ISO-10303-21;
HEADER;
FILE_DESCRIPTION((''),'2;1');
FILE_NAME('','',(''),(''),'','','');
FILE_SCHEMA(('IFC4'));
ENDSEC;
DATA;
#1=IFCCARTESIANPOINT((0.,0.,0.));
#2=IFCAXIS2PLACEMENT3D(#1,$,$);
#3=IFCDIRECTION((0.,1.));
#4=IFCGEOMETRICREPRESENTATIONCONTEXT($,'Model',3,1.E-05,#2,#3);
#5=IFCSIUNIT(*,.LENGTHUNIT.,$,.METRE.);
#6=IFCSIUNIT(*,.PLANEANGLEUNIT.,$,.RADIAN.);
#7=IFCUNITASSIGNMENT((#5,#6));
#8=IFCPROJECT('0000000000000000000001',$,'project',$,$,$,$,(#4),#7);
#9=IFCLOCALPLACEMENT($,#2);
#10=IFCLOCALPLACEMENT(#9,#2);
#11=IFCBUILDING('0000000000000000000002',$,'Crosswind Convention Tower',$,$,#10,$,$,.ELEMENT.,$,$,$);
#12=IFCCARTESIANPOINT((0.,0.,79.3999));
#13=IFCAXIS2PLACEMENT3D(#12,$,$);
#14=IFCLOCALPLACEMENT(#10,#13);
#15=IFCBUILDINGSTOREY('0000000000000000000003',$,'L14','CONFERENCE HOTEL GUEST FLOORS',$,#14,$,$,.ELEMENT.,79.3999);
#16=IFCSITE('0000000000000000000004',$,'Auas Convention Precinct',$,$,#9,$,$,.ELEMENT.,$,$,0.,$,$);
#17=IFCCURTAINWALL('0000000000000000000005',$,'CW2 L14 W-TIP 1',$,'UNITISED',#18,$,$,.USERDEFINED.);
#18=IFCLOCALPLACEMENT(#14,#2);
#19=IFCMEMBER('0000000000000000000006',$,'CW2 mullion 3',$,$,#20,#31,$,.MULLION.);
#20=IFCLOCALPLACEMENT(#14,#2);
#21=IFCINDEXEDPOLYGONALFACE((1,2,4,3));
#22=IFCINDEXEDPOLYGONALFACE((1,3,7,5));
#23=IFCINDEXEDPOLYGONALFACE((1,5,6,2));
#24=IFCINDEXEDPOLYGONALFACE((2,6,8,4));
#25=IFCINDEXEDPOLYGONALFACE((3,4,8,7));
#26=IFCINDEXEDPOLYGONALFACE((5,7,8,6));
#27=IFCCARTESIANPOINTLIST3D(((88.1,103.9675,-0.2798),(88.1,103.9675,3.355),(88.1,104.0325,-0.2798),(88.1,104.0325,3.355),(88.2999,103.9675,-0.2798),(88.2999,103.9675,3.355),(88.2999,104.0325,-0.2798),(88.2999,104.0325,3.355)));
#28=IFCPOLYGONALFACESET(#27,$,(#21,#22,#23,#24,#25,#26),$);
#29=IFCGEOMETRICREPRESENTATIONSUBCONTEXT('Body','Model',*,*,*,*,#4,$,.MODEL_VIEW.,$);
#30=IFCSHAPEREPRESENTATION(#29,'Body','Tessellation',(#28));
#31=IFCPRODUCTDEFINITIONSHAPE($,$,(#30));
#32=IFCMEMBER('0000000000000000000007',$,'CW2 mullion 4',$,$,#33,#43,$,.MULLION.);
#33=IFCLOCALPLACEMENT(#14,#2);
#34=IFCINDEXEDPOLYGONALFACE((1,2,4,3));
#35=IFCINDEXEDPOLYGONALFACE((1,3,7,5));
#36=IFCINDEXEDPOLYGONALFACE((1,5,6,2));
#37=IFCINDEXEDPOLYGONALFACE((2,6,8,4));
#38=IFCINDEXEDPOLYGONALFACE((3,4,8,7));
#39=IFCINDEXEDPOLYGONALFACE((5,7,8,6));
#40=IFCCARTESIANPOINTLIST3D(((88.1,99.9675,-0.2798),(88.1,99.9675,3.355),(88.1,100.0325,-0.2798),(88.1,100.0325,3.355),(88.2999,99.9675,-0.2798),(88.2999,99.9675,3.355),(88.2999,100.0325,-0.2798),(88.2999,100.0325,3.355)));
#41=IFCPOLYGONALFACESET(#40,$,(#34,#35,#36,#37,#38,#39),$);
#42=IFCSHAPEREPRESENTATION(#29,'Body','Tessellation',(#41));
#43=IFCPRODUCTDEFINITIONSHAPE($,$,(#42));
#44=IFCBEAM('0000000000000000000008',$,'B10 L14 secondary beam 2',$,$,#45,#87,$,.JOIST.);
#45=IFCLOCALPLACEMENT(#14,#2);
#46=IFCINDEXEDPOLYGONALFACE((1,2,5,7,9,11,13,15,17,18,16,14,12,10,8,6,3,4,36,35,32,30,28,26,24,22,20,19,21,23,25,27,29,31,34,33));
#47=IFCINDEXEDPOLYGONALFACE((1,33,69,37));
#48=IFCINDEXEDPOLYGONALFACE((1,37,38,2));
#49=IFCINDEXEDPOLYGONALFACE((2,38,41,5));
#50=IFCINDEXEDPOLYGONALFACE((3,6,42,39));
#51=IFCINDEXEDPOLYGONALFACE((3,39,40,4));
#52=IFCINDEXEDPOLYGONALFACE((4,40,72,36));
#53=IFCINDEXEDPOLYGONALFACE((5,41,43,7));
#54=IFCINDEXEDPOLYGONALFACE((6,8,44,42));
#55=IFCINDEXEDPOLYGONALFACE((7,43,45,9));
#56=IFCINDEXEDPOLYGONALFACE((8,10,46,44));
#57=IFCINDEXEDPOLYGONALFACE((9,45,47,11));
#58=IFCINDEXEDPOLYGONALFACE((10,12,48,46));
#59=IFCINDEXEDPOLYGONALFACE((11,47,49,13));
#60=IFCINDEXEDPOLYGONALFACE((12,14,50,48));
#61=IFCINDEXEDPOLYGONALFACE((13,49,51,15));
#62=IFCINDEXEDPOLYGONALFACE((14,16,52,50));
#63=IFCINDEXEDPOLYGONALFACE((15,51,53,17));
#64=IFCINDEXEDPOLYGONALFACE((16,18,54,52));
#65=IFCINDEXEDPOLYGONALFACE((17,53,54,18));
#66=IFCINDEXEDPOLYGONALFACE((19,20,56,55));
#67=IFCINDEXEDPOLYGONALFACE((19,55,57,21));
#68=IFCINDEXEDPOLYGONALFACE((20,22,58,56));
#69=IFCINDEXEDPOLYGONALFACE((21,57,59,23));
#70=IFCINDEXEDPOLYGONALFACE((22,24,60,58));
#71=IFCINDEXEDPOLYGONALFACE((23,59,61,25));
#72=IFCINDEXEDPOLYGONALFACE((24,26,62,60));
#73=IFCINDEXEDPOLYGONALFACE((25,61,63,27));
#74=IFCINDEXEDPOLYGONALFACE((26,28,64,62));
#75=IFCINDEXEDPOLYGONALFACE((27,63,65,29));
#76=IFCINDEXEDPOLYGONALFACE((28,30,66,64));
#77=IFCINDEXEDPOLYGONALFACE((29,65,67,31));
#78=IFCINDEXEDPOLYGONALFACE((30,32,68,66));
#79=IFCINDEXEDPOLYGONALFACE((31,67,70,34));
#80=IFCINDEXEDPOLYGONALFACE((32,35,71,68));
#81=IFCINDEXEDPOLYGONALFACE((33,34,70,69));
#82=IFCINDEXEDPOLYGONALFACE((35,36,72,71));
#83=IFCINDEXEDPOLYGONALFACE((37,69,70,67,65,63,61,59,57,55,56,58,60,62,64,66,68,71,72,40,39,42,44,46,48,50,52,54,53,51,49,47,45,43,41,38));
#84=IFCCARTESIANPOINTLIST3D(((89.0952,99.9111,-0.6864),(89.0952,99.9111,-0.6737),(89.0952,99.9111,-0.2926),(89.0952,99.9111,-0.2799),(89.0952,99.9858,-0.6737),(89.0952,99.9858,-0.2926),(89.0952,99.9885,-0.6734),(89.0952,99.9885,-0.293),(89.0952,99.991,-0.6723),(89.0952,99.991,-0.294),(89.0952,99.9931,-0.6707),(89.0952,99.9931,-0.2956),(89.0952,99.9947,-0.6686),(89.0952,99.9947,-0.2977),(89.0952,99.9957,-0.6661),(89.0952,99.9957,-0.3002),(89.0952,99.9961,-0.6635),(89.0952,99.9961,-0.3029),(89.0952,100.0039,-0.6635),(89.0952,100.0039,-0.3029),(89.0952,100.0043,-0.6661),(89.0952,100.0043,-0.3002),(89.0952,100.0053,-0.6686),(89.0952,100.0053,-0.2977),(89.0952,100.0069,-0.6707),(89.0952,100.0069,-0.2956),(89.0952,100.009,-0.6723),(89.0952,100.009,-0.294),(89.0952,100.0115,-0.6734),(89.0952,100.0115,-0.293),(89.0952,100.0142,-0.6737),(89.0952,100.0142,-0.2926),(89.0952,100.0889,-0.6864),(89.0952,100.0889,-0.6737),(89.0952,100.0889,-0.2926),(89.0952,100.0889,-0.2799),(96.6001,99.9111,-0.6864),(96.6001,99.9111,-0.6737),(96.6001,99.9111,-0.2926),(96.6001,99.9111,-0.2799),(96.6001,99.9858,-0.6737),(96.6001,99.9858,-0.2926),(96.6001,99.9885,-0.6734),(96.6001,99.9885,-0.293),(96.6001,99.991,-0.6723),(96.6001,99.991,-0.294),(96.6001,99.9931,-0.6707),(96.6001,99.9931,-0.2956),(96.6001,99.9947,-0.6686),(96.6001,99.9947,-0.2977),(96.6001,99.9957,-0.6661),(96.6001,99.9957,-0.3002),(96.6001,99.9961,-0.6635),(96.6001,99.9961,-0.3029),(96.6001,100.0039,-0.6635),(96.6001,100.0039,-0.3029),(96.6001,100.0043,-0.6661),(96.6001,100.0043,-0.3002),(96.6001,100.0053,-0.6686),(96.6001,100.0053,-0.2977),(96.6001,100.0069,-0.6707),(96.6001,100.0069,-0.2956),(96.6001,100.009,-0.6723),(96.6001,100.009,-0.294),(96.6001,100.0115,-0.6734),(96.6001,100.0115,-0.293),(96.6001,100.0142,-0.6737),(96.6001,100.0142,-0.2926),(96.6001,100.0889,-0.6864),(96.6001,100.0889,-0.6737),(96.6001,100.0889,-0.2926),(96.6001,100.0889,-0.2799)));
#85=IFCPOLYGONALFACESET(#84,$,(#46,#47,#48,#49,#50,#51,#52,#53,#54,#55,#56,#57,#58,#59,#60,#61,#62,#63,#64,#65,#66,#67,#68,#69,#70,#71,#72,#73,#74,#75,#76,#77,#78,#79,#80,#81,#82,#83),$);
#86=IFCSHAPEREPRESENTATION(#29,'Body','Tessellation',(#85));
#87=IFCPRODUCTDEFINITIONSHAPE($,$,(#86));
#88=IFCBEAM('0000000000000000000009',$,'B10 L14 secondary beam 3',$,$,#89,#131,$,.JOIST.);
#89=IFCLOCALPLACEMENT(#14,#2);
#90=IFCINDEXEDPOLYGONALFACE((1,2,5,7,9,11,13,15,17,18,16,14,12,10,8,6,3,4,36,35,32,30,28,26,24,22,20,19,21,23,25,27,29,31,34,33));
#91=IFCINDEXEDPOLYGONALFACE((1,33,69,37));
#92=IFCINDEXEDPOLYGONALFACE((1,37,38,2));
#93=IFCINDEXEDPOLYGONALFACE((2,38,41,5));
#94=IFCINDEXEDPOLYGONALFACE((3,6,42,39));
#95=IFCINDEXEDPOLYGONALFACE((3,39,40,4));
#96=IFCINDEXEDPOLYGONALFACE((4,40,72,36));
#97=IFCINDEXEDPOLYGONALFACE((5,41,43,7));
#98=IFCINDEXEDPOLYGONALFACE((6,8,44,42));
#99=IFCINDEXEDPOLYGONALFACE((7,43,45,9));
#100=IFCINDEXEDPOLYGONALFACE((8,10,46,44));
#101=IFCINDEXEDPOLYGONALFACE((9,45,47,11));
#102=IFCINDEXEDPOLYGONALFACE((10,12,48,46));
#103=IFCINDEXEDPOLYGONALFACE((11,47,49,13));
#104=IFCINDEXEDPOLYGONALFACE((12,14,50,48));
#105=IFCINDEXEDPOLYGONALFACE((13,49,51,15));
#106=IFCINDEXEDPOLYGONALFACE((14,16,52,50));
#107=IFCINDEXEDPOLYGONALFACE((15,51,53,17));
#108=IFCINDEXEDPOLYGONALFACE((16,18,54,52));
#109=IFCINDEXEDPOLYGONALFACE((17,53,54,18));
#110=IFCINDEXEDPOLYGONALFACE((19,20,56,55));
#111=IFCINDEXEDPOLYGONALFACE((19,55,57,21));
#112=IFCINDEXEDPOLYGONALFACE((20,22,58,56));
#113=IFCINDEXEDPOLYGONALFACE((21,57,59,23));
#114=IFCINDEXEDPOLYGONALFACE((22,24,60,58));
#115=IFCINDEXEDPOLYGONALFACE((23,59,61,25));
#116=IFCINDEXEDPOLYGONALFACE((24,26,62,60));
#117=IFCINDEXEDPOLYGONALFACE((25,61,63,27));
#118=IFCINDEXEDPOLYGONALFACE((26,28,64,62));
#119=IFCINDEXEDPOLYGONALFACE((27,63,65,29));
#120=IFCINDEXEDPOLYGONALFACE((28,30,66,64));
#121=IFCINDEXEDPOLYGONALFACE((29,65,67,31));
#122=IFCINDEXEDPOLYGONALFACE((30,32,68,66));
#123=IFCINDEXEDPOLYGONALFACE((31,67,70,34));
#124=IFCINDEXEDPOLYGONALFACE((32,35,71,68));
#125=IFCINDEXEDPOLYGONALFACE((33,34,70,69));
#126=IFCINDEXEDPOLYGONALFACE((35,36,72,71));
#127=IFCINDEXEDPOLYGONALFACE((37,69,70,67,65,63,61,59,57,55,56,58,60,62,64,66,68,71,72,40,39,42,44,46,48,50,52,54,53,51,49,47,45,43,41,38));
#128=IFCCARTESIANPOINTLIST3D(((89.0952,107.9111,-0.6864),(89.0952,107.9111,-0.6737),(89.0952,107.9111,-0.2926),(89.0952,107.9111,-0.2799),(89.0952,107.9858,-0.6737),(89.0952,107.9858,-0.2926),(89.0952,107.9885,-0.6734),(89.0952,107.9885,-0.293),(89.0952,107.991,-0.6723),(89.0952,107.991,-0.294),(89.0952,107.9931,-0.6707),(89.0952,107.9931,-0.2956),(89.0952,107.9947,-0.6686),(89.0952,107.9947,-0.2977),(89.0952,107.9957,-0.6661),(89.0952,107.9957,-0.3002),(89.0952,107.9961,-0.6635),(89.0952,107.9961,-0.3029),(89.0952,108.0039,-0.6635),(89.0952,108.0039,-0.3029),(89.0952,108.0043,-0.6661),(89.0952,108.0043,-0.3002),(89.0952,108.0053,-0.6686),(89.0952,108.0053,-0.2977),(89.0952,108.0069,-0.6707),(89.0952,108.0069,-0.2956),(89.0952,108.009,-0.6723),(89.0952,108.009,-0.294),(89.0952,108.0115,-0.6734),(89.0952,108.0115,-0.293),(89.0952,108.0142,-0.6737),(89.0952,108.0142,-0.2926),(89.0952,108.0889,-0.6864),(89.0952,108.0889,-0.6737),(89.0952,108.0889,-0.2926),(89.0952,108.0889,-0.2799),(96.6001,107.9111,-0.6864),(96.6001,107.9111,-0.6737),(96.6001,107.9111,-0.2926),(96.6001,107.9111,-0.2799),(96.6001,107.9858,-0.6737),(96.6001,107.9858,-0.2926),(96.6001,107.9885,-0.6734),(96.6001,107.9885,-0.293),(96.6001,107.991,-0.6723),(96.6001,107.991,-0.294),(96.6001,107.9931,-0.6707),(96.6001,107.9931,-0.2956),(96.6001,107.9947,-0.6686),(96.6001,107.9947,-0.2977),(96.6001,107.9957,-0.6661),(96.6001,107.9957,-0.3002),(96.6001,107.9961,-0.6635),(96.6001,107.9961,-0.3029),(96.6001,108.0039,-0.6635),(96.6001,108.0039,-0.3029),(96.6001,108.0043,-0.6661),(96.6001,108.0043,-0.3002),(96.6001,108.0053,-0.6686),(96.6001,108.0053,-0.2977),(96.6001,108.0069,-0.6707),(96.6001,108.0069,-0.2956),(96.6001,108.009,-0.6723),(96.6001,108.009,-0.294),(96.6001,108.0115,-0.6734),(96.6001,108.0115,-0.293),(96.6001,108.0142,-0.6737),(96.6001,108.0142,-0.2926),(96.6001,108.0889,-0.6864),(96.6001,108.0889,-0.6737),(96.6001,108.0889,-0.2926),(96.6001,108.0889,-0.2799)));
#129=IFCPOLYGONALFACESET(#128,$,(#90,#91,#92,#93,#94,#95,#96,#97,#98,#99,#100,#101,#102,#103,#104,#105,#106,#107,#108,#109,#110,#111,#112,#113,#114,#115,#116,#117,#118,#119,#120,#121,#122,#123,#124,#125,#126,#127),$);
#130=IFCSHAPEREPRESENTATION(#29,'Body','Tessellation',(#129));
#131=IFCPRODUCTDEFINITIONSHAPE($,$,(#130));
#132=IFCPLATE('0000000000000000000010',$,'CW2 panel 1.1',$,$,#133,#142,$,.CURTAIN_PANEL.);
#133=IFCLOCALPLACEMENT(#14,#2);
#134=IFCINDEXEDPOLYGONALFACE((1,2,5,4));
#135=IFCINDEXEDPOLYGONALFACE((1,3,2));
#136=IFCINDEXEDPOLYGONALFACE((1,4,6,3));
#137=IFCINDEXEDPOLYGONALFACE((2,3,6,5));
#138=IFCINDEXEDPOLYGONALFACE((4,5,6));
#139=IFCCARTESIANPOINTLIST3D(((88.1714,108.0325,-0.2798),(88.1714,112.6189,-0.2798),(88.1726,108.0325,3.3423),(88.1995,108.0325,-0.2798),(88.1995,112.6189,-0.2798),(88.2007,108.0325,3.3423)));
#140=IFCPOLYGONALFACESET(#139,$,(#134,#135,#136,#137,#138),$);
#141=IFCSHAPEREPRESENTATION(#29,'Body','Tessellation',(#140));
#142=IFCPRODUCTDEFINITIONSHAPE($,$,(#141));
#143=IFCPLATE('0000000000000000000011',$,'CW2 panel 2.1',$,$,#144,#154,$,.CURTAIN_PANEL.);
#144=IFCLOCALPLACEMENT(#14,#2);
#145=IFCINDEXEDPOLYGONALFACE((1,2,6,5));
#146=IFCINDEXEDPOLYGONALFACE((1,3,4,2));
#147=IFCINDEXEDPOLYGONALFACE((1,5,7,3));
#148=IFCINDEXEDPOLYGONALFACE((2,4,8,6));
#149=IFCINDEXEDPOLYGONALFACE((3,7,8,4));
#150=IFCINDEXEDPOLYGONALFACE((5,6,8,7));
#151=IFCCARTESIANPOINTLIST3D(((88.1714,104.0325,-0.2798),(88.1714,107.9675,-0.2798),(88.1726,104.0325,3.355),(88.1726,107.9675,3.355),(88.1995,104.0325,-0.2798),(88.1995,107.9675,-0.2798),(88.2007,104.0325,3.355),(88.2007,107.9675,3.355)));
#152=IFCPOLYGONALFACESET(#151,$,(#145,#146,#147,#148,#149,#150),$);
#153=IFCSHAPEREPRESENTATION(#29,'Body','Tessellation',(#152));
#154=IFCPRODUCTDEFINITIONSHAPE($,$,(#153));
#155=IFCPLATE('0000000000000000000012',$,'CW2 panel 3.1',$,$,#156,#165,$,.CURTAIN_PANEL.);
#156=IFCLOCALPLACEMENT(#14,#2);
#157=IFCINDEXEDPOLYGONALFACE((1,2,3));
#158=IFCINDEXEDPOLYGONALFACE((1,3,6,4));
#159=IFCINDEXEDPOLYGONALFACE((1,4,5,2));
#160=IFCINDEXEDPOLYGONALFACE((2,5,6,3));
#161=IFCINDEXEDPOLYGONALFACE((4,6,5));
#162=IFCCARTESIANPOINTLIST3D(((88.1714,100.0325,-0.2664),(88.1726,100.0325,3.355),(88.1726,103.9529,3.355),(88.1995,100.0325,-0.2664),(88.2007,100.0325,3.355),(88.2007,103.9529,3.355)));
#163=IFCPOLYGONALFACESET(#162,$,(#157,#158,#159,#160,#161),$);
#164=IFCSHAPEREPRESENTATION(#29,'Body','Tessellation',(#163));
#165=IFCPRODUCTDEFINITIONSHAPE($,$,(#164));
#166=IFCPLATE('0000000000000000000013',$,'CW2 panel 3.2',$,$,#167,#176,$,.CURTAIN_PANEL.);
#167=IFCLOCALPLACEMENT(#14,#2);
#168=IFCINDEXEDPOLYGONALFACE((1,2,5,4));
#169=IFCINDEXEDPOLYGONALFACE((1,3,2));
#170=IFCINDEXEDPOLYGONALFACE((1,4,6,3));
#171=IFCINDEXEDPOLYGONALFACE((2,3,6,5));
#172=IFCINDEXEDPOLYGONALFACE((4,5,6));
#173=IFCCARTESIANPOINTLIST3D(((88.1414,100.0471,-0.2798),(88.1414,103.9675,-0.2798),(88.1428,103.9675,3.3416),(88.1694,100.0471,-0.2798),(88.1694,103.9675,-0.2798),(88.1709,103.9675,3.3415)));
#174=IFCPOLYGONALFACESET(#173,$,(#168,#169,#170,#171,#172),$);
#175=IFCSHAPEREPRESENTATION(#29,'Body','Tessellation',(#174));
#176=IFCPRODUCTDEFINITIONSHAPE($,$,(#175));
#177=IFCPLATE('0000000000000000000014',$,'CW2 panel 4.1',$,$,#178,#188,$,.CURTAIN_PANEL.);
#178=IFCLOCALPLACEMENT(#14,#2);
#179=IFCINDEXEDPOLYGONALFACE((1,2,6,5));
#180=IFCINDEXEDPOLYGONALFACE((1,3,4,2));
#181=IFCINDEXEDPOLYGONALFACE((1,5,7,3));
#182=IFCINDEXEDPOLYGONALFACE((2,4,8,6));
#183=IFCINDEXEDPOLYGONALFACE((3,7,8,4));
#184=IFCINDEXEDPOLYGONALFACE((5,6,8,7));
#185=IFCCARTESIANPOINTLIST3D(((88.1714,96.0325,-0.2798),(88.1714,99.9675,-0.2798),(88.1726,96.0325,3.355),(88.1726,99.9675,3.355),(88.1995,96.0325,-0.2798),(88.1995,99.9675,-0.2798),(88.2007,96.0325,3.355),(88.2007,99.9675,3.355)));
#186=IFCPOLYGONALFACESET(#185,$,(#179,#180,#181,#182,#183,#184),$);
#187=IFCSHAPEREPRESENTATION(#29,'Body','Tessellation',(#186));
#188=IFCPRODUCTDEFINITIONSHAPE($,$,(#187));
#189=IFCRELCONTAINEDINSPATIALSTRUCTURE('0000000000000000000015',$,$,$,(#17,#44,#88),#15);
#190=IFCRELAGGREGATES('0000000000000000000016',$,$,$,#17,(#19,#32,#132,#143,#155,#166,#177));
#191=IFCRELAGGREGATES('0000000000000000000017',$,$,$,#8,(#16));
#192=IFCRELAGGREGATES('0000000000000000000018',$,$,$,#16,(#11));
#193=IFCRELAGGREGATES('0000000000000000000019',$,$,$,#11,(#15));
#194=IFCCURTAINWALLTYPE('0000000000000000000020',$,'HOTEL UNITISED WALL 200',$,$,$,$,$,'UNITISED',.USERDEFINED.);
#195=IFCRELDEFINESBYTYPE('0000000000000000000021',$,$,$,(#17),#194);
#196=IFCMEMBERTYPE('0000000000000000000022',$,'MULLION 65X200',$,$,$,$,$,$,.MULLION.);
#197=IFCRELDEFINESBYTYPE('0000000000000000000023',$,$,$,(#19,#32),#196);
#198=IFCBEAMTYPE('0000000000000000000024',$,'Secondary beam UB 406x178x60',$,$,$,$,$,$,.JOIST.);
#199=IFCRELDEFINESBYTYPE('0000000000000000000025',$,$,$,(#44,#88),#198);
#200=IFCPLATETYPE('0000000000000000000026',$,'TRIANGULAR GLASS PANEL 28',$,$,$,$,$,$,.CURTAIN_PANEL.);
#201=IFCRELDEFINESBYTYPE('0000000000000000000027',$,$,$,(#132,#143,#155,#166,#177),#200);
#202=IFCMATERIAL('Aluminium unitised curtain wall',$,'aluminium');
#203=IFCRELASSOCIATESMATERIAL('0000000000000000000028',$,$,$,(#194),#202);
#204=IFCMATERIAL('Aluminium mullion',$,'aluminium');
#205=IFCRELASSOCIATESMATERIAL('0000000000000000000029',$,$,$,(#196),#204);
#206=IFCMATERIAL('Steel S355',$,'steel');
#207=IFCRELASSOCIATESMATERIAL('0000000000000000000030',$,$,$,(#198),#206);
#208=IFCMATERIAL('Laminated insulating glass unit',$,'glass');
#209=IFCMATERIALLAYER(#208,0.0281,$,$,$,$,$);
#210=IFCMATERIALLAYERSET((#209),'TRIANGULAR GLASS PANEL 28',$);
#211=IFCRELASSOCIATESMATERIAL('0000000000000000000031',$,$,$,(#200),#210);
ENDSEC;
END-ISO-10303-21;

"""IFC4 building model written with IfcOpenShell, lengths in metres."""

from ifc_helpers import new_model, si_unit, direction, frame, origin, origin_2d, place, context, subcontext, project, spatial, polyline, rectangle, i_section, outline, extrude, material, layer, layer_set, material_profile, profile_set, type_object, element, aggregate, save


model = new_model("IFC4")

# Units and contexts
model_context = context("Model", 3, precision=1e-05, world=origin(), true_north=direction((0.0, 1.0)))
body_context = subcontext(model_context, "Body", "Model", "MODEL_VIEW")
ifc_project = project(units=[si_unit("LENGTHUNIT", "METRE"), si_unit("PLANEANGLEUNIT", "RADIAN")], contexts=[model_context])

# Site, building, storey
site_placement = place(None, origin())
site = spatial("IfcSite", under=ifc_project, at=site_placement, Name="Auas Convention Precinct", CompositionType="ELEMENT", RefElevation=0.0)
building_placement = place(site_placement, origin())
building = spatial("IfcBuilding", under=site, at=building_placement, Name="Crosswind Convention Tower", CompositionType="ELEMENT")
storey_placement = place(building_placement, frame((0.0, 0.0, 79.3999)))
storey = spatial("IfcBuildingStorey", under=building, at=storey_placement, Name="L14", Description="CONFERENCE HOTEL GUEST FLOORS", CompositionType="ELEMENT", Elevation=79.3999)

# Shared definitions
ifc_material_1 = material(Name="Steel S355", Category="steel")

# Curtain wall, members
ifc_material_2 = material(Name="Aluminium unitised curtain wall", Category="aluminium")
curtain_wall_type = type_object("IfcCurtainWallType", Name="HOTEL UNITISED WALL 200", ElementType="UNITISED", PredefinedType="USERDEFINED", material=ifc_material_2)
curtain_wall_placement = place(storey_placement, origin())
curtain_wall = element("IfcCurtainWall", 1, at=curtain_wall_placement, inside=storey, type_object=curtain_wall_type, Name="CW2 L14 W-TIP 1", ObjectType="UNITISED", PredefinedType="USERDEFINED")
ifc_material_3 = material(Name="Aluminium mullion", Category="aluminium")
ifc_material_profile_1 = material_profile(ifc_material_3, rectangle(XDim=0.2, YDim=0.0649, at=origin_2d()), Name="AL 200X65")
ifc_profile_set_1 = profile_set([ifc_material_profile_1], Name="Aluminium mullion")
member_type = type_object("IfcMemberType", Name="MULLION 65X200", PredefinedType="MULLION", material=ifc_profile_set_1)
member_1_placement = place(storey_placement, frame((88.2, 104.0, -0.2798), z_axis=(0.0, 0.0, 1.0), x_axis=(-1.0, 0.0, 0.0)))
member_1 = element("IfcMember", 2, at=member_1_placement, type_object=member_type, Name="CW2 mullion 3", PredefinedType="MULLION", context=body_context, shape_type="SweptSolid", body=[
    extrude(rectangle(XDim=0.2, YDim=0.0649, at=origin_2d()), origin(), (0.0, 0.0, 1.0), 3.6348),
])
member_2_placement = place(storey_placement, frame((88.2, 100.0, -0.2798), z_axis=(0.0, 0.0, 1.0), x_axis=(-1.0, 0.0, 0.0)))
member_2 = element("IfcMember", 3, at=member_2_placement, type_object=member_type, Name="CW2 mullion 4", PredefinedType="MULLION", context=body_context, shape_type="SweptSolid", body=[
    extrude(rectangle(XDim=0.2, YDim=0.0649, at=origin_2d()), origin(), (0.0, 0.0, 1.0), 3.6348),
])

# Beams
ifc_material_profile_2 = material_profile(ifc_material_1, i_section(OverallWidth=0.1777, OverallDepth=0.4065, WebThickness=0.0078, FlangeThickness=0.0127, FilletRadius=0.0103, at=origin_2d()), Name="UB 406x178x60")
ifc_profile_set_2 = profile_set([ifc_material_profile_2], Name="Steel S355")
beam_type_1 = type_object("IfcBeamType", Name="Secondary beam UB 406x178x60", PredefinedType="JOIST", material=ifc_profile_set_2)
for number, where, z_axis, x_axis, name in (
    (4, (89.0952, 100.0, -0.4832), (1.0, 0.0, 0.0), (0.0, 1.0, 0.0), "B10 L14 secondary beam 2"),
    (5, (89.0952, 108.0, -0.4832), (1.0, 0.0, 0.0), (0.0, 1.0, 0.0), "B10 L14 secondary beam 3"),
):
    element("IfcBeam", number, at=place(storey_placement, frame(where, z_axis=z_axis, x_axis=x_axis)), inside=storey, type_object=beam_type_1, Name=name, PredefinedType="JOIST", context=body_context, shape_type="SweptSolid", body=[
        extrude(i_section(OverallWidth=0.1777, OverallDepth=0.4065, WebThickness=0.0078, FlangeThickness=0.0127, FilletRadius=0.0103, at=origin_2d()), origin(), (0.0, 0.0, 1.0), 7.5049),
    ])

# Plates
ifc_material_4 = material(Name="Laminated insulating glass unit", Category="glass")
ifc_layer_1 = layer(ifc_material_4, 0.0281)
ifc_layer_set_1 = layer_set([ifc_layer_1], Name="TRIANGULAR GLASS PANEL 28")
plate_type = type_object("IfcPlateType", Name="TRIANGULAR GLASS PANEL 28", PredefinedType="CURTAIN_PANEL", material=ifc_layer_set_1)
plate_1_placement = place(storey_placement, frame((88.1714, 108.0325, -0.2798), z_axis=(-1.0, 0.0, 0.000337), x_axis=(0.000337, 0.0, 1.0)))
plate_1 = element("IfcPlate", 6, at=plate_1_placement, type_object=plate_type, Name="CW2 panel 1.1", PredefinedType="CURTAIN_PANEL", context=body_context, shape_type="SweptSolid", body=[
    extrude(outline(polyline([(0.0, 0.0), (3.6221, 0.0), (0.0, 4.5864), (0.0, 0.0)])), origin(), (0.0, 0.0, -1.0), 0.0281),
])
plate_2_placement = place(storey_placement, frame((88.1714, 107.9675, -0.2798), z_axis=(-1.0, 0.0, 0.000336), x_axis=(0.0, -1.0, 0.0)))
plate_2 = element("IfcPlate", 7, at=plate_2_placement, type_object=plate_type, Name="CW2 panel 2.1", PredefinedType="CURTAIN_PANEL", context=body_context, shape_type="SweptSolid", body=[
    extrude(outline(polyline([(0.0, 0.0), (3.9351, 0.0), (3.9351, 3.6348), (0.0, 3.6348), (0.0, 0.0)])), origin(), (0.0, 0.0, -1.0), 0.0281),
])
plate_3_placement = place(storey_placement, frame((88.1726, 100.0325, 3.355), z_axis=(-1.0, 0.0, 0.000337), x_axis=(0.0, 1.0, 0.0)))
plate_3 = element("IfcPlate", 8, at=plate_3_placement, type_object=plate_type, Name="CW2 panel 3.1", PredefinedType="CURTAIN_PANEL", context=body_context, shape_type="SweptSolid", body=[
    extrude(outline(polyline([(0.0, 0.0), (3.9204, 0.0), (0.0, 3.6213), (0.0, 0.0)])), origin(), (0.0, 0.0, -1.0), 0.0281),
])
plate_4_placement = place(storey_placement, frame((88.1414, 103.9675, -0.2798), z_axis=(-1.0, 0.0, 0.000405), x_axis=(0.0, -1.0, 0.0)))
plate_4 = element("IfcPlate", 9, at=plate_4_placement, type_object=plate_type, Name="CW2 panel 3.2", PredefinedType="CURTAIN_PANEL", context=body_context, shape_type="SweptSolid", body=[
    extrude(outline(polyline([(0.0, 0.0), (3.9204, 0.0), (0.0, 3.6213), (0.0, 0.0)])), origin(), (0.0, 0.0, -1.0), 0.0281),
])
plate_5_placement = place(storey_placement, frame((88.1714, 99.9675, -0.2798), z_axis=(-1.0, 0.0, 0.000336), x_axis=(0.0, -1.0, 0.0)))
plate_5 = element("IfcPlate", 10, at=plate_5_placement, type_object=plate_type, Name="CW2 panel 4.1", PredefinedType="CURTAIN_PANEL", context=body_context, shape_type="SweptSolid", body=[
    extrude(outline(polyline([(0.0, 0.0), (3.9351, 0.0), (3.9351, 3.6348), (0.0, 3.6348), (0.0, 0.0)])), origin(), (0.0, 0.0, -1.0), 0.0281),
])
aggregate(curtain_wall, [member_1, member_2, plate_1, plate_2, plate_3, plate_4, plate_5])

save(model, "model.ifc")
